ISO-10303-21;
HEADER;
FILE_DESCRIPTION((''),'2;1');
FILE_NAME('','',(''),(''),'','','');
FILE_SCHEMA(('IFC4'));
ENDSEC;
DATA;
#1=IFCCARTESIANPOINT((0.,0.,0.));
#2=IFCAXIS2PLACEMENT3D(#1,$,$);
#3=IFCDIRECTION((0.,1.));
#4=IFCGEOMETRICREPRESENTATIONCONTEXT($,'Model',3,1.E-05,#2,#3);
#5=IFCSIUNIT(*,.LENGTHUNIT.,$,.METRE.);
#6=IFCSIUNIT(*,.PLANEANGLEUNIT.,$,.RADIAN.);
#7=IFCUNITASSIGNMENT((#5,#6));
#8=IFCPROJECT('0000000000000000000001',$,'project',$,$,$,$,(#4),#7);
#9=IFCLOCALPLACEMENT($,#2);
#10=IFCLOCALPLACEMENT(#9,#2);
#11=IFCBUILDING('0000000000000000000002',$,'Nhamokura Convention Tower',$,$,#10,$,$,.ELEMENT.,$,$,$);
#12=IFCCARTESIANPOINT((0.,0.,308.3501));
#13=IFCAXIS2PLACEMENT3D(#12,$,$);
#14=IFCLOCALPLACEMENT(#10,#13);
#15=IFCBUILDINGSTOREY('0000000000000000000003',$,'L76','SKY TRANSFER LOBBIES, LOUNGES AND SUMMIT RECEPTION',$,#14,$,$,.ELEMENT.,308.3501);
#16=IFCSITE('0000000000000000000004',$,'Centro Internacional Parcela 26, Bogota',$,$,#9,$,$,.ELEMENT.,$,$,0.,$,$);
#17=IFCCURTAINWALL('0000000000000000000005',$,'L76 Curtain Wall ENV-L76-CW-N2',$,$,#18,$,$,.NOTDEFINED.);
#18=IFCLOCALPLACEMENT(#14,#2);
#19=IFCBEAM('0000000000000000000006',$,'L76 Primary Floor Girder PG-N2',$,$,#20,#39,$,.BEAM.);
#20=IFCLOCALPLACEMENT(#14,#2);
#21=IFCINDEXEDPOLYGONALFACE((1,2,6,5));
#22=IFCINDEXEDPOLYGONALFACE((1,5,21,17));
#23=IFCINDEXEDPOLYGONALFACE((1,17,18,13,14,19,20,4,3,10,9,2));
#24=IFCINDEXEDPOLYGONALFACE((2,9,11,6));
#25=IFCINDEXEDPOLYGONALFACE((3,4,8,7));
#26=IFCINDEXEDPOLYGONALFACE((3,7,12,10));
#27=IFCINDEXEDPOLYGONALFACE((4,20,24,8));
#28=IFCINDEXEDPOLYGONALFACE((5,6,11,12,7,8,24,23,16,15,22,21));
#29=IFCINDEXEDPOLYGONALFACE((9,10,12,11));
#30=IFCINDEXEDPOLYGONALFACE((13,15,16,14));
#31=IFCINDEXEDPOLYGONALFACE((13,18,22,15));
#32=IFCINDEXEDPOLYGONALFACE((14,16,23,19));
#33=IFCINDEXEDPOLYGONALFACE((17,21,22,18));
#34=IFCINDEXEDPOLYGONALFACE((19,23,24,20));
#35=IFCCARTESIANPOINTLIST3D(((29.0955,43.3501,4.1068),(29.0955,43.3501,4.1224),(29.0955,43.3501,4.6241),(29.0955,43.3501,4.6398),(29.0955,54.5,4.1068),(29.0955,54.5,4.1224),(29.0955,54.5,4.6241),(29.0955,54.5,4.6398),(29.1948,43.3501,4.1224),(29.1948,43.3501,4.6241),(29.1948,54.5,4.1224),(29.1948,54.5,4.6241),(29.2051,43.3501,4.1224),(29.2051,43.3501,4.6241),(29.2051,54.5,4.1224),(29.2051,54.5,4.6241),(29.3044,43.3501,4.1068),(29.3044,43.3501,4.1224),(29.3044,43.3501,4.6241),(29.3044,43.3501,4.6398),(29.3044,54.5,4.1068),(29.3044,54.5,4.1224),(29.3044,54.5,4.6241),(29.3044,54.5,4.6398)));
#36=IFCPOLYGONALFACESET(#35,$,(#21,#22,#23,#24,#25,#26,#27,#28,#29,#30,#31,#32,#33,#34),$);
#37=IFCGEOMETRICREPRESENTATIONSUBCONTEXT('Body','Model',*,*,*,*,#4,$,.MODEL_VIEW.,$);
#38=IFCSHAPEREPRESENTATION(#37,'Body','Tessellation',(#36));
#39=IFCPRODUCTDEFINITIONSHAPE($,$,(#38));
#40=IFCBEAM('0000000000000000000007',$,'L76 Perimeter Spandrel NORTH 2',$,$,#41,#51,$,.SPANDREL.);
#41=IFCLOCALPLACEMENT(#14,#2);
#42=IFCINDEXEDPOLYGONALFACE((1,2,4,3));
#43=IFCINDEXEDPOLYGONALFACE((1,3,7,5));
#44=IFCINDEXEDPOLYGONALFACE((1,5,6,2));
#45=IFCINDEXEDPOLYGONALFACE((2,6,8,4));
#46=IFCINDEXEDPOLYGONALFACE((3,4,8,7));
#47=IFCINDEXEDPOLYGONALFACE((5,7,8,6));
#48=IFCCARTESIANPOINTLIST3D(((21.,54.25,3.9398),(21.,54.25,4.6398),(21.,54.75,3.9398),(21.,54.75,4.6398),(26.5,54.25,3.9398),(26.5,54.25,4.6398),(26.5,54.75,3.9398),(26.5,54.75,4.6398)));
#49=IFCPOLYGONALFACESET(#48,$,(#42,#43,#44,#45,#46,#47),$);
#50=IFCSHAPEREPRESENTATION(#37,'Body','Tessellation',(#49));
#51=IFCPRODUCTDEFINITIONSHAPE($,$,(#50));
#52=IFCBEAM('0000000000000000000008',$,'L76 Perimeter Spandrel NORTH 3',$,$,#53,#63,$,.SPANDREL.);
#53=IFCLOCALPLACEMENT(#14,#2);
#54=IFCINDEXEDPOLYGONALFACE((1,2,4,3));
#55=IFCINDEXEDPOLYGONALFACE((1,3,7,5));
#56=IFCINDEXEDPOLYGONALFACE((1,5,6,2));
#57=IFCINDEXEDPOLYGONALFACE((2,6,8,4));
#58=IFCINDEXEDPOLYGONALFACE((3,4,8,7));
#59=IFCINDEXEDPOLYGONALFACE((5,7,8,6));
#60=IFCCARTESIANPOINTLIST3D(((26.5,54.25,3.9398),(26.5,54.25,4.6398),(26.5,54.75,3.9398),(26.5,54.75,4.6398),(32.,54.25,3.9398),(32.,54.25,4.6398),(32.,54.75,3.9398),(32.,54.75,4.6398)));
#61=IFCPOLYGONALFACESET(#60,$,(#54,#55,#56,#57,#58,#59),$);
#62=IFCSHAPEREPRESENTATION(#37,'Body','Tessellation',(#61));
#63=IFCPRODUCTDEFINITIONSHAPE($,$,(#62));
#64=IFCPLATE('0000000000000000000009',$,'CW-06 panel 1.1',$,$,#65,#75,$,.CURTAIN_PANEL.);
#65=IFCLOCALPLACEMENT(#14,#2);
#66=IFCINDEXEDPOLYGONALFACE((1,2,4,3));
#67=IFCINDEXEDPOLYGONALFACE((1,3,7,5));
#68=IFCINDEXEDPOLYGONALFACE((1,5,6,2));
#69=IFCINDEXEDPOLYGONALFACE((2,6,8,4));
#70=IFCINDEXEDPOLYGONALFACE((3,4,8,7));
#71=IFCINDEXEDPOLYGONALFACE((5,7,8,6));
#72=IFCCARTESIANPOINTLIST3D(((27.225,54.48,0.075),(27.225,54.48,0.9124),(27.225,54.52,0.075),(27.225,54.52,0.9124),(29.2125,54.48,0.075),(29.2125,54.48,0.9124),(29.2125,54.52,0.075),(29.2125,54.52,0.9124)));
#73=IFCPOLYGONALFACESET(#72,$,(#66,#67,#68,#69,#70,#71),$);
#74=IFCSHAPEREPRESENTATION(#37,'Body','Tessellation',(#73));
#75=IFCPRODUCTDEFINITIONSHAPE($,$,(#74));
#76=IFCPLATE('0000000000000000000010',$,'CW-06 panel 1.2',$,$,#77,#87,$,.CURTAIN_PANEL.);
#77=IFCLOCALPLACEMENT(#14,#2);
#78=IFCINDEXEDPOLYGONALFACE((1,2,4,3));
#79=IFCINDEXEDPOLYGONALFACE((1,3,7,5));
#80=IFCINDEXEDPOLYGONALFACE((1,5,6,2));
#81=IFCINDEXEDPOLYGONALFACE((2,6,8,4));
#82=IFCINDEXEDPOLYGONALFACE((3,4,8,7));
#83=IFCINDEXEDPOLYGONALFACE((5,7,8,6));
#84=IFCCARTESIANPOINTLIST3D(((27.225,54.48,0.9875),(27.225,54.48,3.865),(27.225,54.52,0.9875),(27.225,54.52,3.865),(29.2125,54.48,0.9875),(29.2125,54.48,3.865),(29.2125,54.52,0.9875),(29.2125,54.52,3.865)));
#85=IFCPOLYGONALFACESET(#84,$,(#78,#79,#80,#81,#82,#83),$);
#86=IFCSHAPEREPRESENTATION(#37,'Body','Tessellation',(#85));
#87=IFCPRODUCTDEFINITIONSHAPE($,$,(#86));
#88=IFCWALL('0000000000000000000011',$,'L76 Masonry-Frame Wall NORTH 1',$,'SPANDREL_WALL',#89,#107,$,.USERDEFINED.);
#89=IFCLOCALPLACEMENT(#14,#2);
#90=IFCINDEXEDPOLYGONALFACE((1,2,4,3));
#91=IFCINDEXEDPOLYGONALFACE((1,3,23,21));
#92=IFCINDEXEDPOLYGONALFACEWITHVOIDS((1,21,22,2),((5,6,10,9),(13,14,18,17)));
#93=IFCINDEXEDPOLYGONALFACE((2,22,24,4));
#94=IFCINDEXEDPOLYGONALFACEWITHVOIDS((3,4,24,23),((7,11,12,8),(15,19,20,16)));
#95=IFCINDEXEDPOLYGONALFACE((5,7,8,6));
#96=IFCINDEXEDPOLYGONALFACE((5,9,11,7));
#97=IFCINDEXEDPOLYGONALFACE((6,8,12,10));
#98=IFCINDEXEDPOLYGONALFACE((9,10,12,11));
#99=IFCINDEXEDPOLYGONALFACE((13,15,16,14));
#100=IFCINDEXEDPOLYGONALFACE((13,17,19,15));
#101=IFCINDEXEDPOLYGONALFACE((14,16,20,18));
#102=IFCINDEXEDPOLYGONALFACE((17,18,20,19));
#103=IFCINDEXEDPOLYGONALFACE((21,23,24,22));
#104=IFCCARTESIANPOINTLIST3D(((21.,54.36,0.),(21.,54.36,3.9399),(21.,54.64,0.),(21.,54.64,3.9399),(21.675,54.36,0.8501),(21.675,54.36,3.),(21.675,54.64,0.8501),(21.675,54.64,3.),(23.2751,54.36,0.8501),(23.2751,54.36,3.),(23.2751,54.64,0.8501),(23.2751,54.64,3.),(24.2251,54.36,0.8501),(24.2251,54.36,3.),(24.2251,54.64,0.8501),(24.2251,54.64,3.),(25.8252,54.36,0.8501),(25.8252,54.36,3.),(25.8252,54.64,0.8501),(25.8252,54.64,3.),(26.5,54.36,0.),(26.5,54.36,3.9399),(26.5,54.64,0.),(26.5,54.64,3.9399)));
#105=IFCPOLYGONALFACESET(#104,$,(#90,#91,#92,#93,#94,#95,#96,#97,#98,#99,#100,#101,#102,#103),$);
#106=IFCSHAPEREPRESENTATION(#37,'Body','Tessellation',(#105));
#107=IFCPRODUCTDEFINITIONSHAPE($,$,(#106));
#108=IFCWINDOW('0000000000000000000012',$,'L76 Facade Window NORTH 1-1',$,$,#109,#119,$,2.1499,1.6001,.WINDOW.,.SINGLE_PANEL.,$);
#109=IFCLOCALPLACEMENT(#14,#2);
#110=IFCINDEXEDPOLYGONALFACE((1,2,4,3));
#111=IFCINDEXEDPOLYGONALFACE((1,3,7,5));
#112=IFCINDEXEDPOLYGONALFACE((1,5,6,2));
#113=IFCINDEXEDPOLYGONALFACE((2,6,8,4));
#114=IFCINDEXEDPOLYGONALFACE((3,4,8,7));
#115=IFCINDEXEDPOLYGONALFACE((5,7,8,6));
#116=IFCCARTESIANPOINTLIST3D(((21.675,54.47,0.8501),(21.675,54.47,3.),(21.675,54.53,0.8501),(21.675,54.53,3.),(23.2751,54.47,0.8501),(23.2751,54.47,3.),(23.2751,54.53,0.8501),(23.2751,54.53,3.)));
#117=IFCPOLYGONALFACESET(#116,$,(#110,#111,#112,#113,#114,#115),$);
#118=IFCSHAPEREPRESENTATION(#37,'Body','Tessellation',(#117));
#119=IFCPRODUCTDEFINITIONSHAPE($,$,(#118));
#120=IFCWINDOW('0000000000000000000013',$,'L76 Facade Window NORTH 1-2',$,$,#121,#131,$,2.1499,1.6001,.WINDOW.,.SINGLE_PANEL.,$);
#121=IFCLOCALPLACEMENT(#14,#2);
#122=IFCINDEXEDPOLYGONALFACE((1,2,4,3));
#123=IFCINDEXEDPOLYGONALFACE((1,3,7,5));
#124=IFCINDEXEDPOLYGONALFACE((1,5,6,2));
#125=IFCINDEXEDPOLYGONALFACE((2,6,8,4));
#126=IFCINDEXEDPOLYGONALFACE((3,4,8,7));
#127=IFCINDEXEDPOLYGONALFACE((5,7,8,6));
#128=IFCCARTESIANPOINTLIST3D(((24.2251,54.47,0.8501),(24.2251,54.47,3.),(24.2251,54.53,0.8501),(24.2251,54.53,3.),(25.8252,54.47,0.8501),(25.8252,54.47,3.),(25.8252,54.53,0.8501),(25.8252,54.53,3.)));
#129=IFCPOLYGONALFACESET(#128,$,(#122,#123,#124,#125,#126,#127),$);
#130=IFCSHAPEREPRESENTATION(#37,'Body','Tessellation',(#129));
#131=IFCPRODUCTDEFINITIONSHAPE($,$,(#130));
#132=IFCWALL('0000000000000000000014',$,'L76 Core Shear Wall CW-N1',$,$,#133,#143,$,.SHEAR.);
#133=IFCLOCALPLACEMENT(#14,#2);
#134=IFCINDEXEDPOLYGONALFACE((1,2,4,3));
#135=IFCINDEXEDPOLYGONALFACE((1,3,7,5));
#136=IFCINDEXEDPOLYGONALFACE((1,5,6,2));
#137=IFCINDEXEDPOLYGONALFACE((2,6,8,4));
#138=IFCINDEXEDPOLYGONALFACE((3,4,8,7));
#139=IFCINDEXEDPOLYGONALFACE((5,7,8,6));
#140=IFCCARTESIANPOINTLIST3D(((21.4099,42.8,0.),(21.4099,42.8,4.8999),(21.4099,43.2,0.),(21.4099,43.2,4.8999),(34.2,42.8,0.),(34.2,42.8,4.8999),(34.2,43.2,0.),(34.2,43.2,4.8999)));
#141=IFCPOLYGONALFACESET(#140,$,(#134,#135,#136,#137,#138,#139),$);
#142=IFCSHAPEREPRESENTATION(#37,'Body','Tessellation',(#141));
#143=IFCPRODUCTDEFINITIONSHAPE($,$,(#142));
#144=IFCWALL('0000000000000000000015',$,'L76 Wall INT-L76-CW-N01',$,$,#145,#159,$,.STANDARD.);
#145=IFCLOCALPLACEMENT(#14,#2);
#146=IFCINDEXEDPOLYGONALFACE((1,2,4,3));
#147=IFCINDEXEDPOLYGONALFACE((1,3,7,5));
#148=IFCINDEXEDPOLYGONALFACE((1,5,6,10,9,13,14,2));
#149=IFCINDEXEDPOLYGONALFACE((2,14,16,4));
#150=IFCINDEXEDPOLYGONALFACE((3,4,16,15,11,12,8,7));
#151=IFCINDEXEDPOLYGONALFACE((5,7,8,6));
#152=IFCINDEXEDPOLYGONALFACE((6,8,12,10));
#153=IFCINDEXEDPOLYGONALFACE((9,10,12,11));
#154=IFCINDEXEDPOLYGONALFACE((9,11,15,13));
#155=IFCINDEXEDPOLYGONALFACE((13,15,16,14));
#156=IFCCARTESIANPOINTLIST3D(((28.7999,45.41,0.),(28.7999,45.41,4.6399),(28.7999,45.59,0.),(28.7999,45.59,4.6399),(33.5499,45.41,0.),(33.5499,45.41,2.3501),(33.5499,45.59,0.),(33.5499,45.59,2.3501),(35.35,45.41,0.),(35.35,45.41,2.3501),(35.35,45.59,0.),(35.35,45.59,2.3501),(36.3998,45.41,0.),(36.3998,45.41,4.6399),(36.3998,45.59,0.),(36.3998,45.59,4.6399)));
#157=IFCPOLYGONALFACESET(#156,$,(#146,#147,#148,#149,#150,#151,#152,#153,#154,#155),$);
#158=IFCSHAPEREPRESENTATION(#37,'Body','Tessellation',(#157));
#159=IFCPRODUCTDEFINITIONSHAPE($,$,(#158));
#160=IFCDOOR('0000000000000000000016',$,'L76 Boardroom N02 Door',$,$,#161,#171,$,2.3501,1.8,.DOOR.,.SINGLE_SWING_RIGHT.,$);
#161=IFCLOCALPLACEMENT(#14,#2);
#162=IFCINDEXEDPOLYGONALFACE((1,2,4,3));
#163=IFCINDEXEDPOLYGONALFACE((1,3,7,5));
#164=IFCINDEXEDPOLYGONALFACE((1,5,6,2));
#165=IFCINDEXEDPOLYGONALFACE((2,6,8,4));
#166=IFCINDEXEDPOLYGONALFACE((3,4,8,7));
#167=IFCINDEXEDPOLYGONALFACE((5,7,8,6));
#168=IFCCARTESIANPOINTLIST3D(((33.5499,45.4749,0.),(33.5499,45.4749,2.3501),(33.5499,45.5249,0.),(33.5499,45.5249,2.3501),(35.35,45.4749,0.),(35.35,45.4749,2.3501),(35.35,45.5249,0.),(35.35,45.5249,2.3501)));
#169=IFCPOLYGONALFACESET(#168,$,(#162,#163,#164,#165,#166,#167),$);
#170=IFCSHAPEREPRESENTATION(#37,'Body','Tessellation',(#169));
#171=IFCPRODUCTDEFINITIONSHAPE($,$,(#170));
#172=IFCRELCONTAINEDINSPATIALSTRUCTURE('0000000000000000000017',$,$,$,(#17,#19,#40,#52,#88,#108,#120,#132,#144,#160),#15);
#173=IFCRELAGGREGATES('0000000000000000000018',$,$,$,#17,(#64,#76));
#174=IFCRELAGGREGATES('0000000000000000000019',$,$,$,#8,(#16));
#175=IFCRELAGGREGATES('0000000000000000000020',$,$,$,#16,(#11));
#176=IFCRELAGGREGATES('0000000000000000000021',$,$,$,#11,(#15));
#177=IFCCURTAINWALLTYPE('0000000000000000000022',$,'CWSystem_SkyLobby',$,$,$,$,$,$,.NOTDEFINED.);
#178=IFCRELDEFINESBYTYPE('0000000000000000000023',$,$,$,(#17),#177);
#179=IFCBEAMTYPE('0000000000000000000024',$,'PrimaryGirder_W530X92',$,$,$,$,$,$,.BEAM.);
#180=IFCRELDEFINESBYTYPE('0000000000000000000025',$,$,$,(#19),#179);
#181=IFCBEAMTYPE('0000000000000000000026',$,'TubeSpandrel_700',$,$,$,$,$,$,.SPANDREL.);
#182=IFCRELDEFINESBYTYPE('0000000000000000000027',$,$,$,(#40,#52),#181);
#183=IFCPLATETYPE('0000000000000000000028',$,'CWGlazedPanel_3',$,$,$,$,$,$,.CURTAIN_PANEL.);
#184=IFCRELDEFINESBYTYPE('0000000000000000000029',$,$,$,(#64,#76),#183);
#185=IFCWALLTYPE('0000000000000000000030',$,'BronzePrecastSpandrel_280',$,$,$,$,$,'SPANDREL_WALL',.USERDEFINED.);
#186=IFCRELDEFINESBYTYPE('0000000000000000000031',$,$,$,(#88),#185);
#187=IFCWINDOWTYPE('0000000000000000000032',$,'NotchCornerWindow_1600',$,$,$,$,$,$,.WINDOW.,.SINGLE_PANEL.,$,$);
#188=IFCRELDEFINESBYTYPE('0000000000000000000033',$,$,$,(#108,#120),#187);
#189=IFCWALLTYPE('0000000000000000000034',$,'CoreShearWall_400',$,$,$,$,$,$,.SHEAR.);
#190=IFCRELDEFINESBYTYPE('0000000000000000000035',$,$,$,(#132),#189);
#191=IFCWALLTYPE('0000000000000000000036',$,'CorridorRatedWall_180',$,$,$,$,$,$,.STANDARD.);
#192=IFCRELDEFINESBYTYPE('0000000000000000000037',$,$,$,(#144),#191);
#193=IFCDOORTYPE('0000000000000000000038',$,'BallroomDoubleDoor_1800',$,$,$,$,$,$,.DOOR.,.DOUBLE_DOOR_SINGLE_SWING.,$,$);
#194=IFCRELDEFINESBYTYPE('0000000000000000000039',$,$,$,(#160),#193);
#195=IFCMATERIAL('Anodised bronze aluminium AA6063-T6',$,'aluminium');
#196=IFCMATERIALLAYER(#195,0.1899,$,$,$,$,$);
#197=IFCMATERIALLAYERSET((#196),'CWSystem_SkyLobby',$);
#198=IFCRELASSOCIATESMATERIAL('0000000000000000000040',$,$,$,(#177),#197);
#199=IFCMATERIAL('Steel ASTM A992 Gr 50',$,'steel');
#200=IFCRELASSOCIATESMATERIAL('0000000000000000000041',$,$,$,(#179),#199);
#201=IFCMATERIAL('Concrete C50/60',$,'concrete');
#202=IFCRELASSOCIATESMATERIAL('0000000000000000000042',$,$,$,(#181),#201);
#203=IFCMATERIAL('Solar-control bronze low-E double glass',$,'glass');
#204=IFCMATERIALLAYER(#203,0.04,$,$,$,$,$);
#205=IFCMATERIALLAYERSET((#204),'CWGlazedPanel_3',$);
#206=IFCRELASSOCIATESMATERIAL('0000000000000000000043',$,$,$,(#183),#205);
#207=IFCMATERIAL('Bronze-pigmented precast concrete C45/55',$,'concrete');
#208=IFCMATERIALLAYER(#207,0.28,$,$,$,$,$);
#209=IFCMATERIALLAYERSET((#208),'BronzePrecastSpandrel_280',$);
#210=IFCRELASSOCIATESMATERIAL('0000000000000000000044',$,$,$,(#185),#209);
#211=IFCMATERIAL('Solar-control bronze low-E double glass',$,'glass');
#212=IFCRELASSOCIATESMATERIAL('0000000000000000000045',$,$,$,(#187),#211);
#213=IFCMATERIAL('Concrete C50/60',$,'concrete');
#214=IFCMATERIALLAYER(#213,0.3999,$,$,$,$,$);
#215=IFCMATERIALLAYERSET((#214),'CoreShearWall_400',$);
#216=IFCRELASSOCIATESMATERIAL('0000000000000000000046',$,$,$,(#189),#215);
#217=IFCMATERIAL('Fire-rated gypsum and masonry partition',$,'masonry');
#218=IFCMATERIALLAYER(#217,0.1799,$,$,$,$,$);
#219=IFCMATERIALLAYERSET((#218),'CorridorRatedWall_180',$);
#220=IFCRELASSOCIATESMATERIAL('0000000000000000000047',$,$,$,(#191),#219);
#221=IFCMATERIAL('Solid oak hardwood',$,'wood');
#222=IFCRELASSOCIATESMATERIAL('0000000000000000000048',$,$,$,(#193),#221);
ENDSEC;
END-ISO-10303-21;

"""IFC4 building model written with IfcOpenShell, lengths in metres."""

from ifc_helpers import new_model, si_unit, direction, frame, frame_2d, origin, origin_2d, place, context, subcontext, project, spatial, rectangle, i_section, extrude, material, layer, layer_set, material_profile, profile_set, type_object, element, fill, aggregate, save


model = new_model("IFC4")

# Units and contexts
model_context = context("Model", 3, precision=1e-05, world=origin(), true_north=direction((0.0, 1.0)))
body_context = subcontext(model_context, "Body", "Model", "MODEL_VIEW")
ifc_project = project(units=[si_unit("LENGTHUNIT", "METRE"), si_unit("PLANEANGLEUNIT", "RADIAN")], contexts=[model_context])

# Site, building, storey
site_placement = place(None, origin())
site = spatial("IfcSite", under=ifc_project, at=site_placement, Name="Centro Internacional Parcela 26, Bogota", CompositionType="ELEMENT", RefElevation=0.0)
building_placement = place(site_placement, origin())
building = spatial("IfcBuilding", under=site, at=building_placement, Name="Nhamokura Convention Tower", CompositionType="ELEMENT")
storey_placement = place(building_placement, frame((0.0, 0.0, 308.3501)))
storey = spatial("IfcBuildingStorey", under=building, at=storey_placement, Name="L76", Description="SKY TRANSFER LOBBIES, LOUNGES AND SUMMIT RECEPTION", CompositionType="ELEMENT", Elevation=308.3501)

# Curtain wall
ifc_material_1 = material(Name="Anodised bronze aluminium AA6063-T6", Category="aluminium")
ifc_layer_1 = layer(ifc_material_1, 0.1899)
ifc_layer_set_1 = layer_set([ifc_layer_1], Name="CWSystem_SkyLobby")
curtain_wall_type = type_object("IfcCurtainWallType", Name="CWSystem_SkyLobby", PredefinedType="NOTDEFINED", material=ifc_layer_set_1)
curtain_wall_placement = place(storey_placement, origin())
curtain_wall = element("IfcCurtainWall", 1, at=curtain_wall_placement, inside=storey, type_object=curtain_wall_type, Name="L76 Curtain Wall ENV-L76-CW-N2", PredefinedType="NOTDEFINED")

# Beams
ifc_material_2 = material(Name="Steel ASTM A992 Gr 50", Category="steel")
ifc_material_profile_1 = material_profile(ifc_material_2, i_section(OverallWidth=0.209, OverallDepth=0.533, WebThickness=0.0103, FlangeThickness=0.0156, at=origin_2d()))
ifc_profile_set_1 = profile_set([ifc_material_profile_1], Name="Steel ASTM A992 Gr 50")
beam_type_1 = type_object("IfcBeamType", Name="PrimaryGirder_W530X92", PredefinedType="BEAM", material=ifc_profile_set_1)
beam_placement = place(storey_placement, frame((29.2, 43.3501, 4.3733), z_axis=(0.0, 1.0, 0.0), x_axis=(-1.0, 0.0, 0.0)))
element("IfcBeam", 2, at=beam_placement, inside=storey, type_object=beam_type_1, Name="L76 Primary Floor Girder PG-N2", PredefinedType="BEAM", context=body_context, shape_type="SweptSolid", body=[
    extrude(i_section(OverallWidth=0.209, OverallDepth=0.533, WebThickness=0.0103, FlangeThickness=0.0156, at=origin_2d()), origin(), (0.0, 0.0, 1.0), 11.1499),
])
ifc_material_3 = material(Name="Concrete C50/60", Category="concrete")
ifc_material_profile_2 = material_profile(ifc_material_3, rectangle(XDim=0.5, YDim=0.7, at=origin_2d()))
ifc_profile_set_2 = profile_set([ifc_material_profile_2], Name="Concrete C50/60")
beam_type_2 = type_object("IfcBeamType", Name="TubeSpandrel_700", PredefinedType="SPANDREL", material=ifc_profile_set_2)
for number, where, z_axis, x_axis, name in (
    (3, (21.0, 54.5, 4.2898), (1.0, 0.0, 0.0), (0.0, 1.0, 0.0), "L76 Perimeter Spandrel NORTH 2"),
    (4, (26.5, 54.5, 4.2898), (1.0, 0.0, 0.0), (0.0, 1.0, 0.0), "L76 Perimeter Spandrel NORTH 3"),
):
    element("IfcBeam", number, at=place(storey_placement, frame(where, z_axis=z_axis, x_axis=x_axis)), inside=storey, type_object=beam_type_2, Name=name, PredefinedType="SPANDREL", context=body_context, shape_type="SweptSolid", body=[
        extrude(rectangle(XDim=0.5, YDim=0.7, at=origin_2d()), origin(), (0.0, 0.0, 1.0), 5.5),
    ])

# Plates
ifc_material_4 = material(Name="Solar-control bronze low-E double glass", Category="glass")
ifc_layer_2 = layer(ifc_material_4, 0.04)
ifc_layer_set_2 = layer_set([ifc_layer_2], Name="CWGlazedPanel_3")
plate_type = type_object("IfcPlateType", Name="CWGlazedPanel_3", PredefinedType="CURTAIN_PANEL", material=ifc_layer_set_2)
plate_1_placement = place(storey_placement, frame((28.2188, 54.5, 0.075), z_axis=(0.0, 0.0, 1.0), x_axis=(1.0, 0.0, 0.0)))
plate_1 = element("IfcPlate", 5, at=plate_1_placement, type_object=plate_type, Name="CW-06 panel 1.1", PredefinedType="CURTAIN_PANEL", context=body_context, shape_type="SweptSolid", body=[
    extrude(rectangle(XDim=1.9875, YDim=0.04, at=origin_2d()), origin(), (0.0, 0.0, 1.0), 0.8374),
])
plate_2_placement = place(storey_placement, frame((28.2188, 54.5, 0.9875), z_axis=(0.0, 0.0, 1.0), x_axis=(1.0, 0.0, 0.0)))
plate_2 = element("IfcPlate", 6, at=plate_2_placement, type_object=plate_type, Name="CW-06 panel 1.2", PredefinedType="CURTAIN_PANEL", context=body_context, shape_type="SweptSolid", body=[
    extrude(rectangle(XDim=1.9875, YDim=0.04, at=origin_2d()), origin(), (0.0, 0.0, 1.0), 2.8774),
])
aggregate(curtain_wall, [plate_1, plate_2])

# Wall, openings, windows
ifc_material_5 = material(Name="Bronze-pigmented precast concrete C45/55", Category="concrete")
ifc_layer_3 = layer(ifc_material_5, 0.28)
ifc_layer_set_3 = layer_set([ifc_layer_3], Name="BronzePrecastSpandrel_280")
wall_type_1 = type_object("IfcWallType", Name="BronzePrecastSpandrel_280", ElementType="SPANDREL_WALL", PredefinedType="USERDEFINED", material=ifc_layer_set_3)
wall_1_placement = place(storey_placement, frame((21.0, 54.5, 0.0), z_axis=(0.0, 0.0, 1.0), x_axis=(1.0, 0.0, 0.0)))
wall_1 = element("IfcWall", 7, at=wall_1_placement, inside=storey, type_object=wall_type_1, Name="L76 Masonry-Frame Wall NORTH 1", ObjectType="SPANDREL_WALL", PredefinedType="USERDEFINED", context=body_context, shape_type="SweptSolid", body=[
    extrude(rectangle(XDim=5.5, YDim=0.28, at=frame_2d((2.75, 0.0))), origin(), (0.0, 0.0, 1.0), 3.9399),
])
opening_1_placement = place(wall_1_placement, frame((0.675, 0.0, 0.8501)))
opening_1 = element("IfcOpeningElement", 8, at=opening_1_placement, cuts=wall_1, PredefinedType="OPENING", context=body_context, shape_type="SweptSolid", body=[
    extrude(rectangle(XDim=1.6001, YDim=2.1499, at=frame_2d((0.8, 1.075))), frame((0.0, 0.1499, 0.0), z_axis=(0.0, -1.0, 0.0), x_axis=(1.0, 0.0, 0.0)), (0.0, 0.0, 1.0), 0.3),
])
opening_2_placement = place(wall_1_placement, frame((3.2251, 0.0, 0.8501)))
opening_2 = element("IfcOpeningElement", 9, at=opening_2_placement, cuts=wall_1, PredefinedType="OPENING", context=body_context, shape_type="SweptSolid", body=[
    extrude(rectangle(XDim=1.6001, YDim=2.1499, at=frame_2d((0.8, 1.075))), frame((0.0, 0.1499, 0.0), z_axis=(0.0, -1.0, 0.0), x_axis=(1.0, 0.0, 0.0)), (0.0, 0.0, 1.0), 0.3),
])
ifc_material_6 = material(Name="Solar-control bronze low-E double glass", Category="glass")
window_type = type_object("IfcWindowType", Name="NotchCornerWindow_1600", PartitioningType="SINGLE_PANEL", PredefinedType="WINDOW", material=ifc_material_6)
window_1_placement = place(opening_1_placement, origin())
window_1 = element("IfcWindow", 10, at=window_1_placement, inside=storey, type_object=window_type, Name="L76 Facade Window NORTH 1-1", OverallHeight=2.1499, OverallWidth=1.6001, PartitioningType="SINGLE_PANEL", PredefinedType="WINDOW", context=body_context, shape_type="SweptSolid", body=[
    extrude(rectangle(XDim=1.6001, YDim=2.1499, at=frame_2d((0.8, 1.075))), frame((0.0, 0.03, 0.0), z_axis=(0.0, -1.0, 0.0), x_axis=(1.0, 0.0, 0.0)), (0.0, 0.0, 1.0), 0.0601),
])
fill(opening_1, window_1)
window_2_placement = place(opening_2_placement, origin())
window_2 = element("IfcWindow", 11, at=window_2_placement, inside=storey, type_object=window_type, Name="L76 Facade Window NORTH 1-2", OverallHeight=2.1499, OverallWidth=1.6001, PartitioningType="SINGLE_PANEL", PredefinedType="WINDOW", context=body_context, shape_type="SweptSolid", body=[
    extrude(rectangle(XDim=1.6001, YDim=2.1499, at=frame_2d((0.8, 1.075))), frame((0.0, 0.03, 0.0), z_axis=(0.0, -1.0, 0.0), x_axis=(1.0, 0.0, 0.0)), (0.0, 0.0, 1.0), 0.0601),
])
fill(opening_2, window_2)

# Wall
ifc_material_7 = material(Name="Concrete C50/60", Category="concrete")
ifc_layer_4 = layer(ifc_material_7, 0.3999)
ifc_layer_set_4 = layer_set([ifc_layer_4], Name="CoreShearWall_400")
wall_type_2 = type_object("IfcWallType", Name="CoreShearWall_400", PredefinedType="SHEAR", material=ifc_layer_set_4)
wall_2_placement = place(storey_placement, frame((21.4099, 43.0, 0.0), z_axis=(0.0, 0.0, 1.0), x_axis=(1.0, 0.0, 0.0)))
element("IfcWall", 12, at=wall_2_placement, inside=storey, type_object=wall_type_2, Name="L76 Core Shear Wall CW-N1", PredefinedType="SHEAR", context=body_context, shape_type="SweptSolid", body=[
    extrude(rectangle(XDim=12.79, YDim=0.3999, at=frame_2d((6.395, 0.0))), origin(), (0.0, 0.0, 1.0), 4.8999),
])

# Wall, opening, door
ifc_material_8 = material(Name="Fire-rated gypsum and masonry partition", Category="masonry")
ifc_layer_5 = layer(ifc_material_8, 0.1799)
ifc_layer_set_5 = layer_set([ifc_layer_5], Name="CorridorRatedWall_180")
wall_type_3 = type_object("IfcWallType", Name="CorridorRatedWall_180", PredefinedType="STANDARD", material=ifc_layer_set_5)
wall_3_placement = place(storey_placement, frame((28.8, 45.5, 0.0), z_axis=(0.0, 0.0, 1.0), x_axis=(1.0, 0.0, 0.0)))
wall_3 = element("IfcWall", 13, at=wall_3_placement, inside=storey, type_object=wall_type_3, Name="L76 Wall INT-L76-CW-N01", PredefinedType="STANDARD", context=body_context, shape_type="SweptSolid", body=[
    extrude(rectangle(XDim=7.5999, YDim=0.1799, at=frame_2d((3.7998, 0.0))), origin(), (0.0, 0.0, 1.0), 4.6399),
])
opening_3_placement = place(wall_3_placement, frame((4.75, 0.0, 0.0)))
opening_3 = element("IfcOpeningElement", 14, at=opening_3_placement, cuts=wall_3, PredefinedType="OPENING", context=body_context, shape_type="SweptSolid", body=[
    extrude(rectangle(XDim=1.8, YDim=2.3501, at=frame_2d((0.8999, 1.175))), frame((0.0, 0.0999, 0.0), z_axis=(0.0, -1.0, 0.0), x_axis=(1.0, 0.0, 0.0)), (0.0, 0.0, 1.0), 0.2),
])
ifc_material_9 = material(Name="Solid oak hardwood", Category="wood")
door_type = type_object("IfcDoorType", Name="BallroomDoubleDoor_1800", OperationType="DOUBLE_DOOR_SINGLE_SWING", PredefinedType="DOOR", material=ifc_material_9)
door_placement = place(opening_3_placement, origin())
door = element("IfcDoor", 15, at=door_placement, inside=storey, type_object=door_type, Name="L76 Boardroom N02 Door", OperationType="SINGLE_SWING_RIGHT", OverallHeight=2.3501, OverallWidth=1.8, PredefinedType="DOOR", context=body_context, shape_type="SweptSolid", body=[
    extrude(rectangle(XDim=1.8, YDim=2.3501, at=frame_2d((0.8999, 1.175))), frame((0.0, 0.0249, 0.0), z_axis=(0.0, -1.0, 0.0), x_axis=(1.0, 0.0, 0.0)), (0.0, 0.0, 1.0), 0.05),
])
fill(opening_3, door)

save(model, "model.ifc")
